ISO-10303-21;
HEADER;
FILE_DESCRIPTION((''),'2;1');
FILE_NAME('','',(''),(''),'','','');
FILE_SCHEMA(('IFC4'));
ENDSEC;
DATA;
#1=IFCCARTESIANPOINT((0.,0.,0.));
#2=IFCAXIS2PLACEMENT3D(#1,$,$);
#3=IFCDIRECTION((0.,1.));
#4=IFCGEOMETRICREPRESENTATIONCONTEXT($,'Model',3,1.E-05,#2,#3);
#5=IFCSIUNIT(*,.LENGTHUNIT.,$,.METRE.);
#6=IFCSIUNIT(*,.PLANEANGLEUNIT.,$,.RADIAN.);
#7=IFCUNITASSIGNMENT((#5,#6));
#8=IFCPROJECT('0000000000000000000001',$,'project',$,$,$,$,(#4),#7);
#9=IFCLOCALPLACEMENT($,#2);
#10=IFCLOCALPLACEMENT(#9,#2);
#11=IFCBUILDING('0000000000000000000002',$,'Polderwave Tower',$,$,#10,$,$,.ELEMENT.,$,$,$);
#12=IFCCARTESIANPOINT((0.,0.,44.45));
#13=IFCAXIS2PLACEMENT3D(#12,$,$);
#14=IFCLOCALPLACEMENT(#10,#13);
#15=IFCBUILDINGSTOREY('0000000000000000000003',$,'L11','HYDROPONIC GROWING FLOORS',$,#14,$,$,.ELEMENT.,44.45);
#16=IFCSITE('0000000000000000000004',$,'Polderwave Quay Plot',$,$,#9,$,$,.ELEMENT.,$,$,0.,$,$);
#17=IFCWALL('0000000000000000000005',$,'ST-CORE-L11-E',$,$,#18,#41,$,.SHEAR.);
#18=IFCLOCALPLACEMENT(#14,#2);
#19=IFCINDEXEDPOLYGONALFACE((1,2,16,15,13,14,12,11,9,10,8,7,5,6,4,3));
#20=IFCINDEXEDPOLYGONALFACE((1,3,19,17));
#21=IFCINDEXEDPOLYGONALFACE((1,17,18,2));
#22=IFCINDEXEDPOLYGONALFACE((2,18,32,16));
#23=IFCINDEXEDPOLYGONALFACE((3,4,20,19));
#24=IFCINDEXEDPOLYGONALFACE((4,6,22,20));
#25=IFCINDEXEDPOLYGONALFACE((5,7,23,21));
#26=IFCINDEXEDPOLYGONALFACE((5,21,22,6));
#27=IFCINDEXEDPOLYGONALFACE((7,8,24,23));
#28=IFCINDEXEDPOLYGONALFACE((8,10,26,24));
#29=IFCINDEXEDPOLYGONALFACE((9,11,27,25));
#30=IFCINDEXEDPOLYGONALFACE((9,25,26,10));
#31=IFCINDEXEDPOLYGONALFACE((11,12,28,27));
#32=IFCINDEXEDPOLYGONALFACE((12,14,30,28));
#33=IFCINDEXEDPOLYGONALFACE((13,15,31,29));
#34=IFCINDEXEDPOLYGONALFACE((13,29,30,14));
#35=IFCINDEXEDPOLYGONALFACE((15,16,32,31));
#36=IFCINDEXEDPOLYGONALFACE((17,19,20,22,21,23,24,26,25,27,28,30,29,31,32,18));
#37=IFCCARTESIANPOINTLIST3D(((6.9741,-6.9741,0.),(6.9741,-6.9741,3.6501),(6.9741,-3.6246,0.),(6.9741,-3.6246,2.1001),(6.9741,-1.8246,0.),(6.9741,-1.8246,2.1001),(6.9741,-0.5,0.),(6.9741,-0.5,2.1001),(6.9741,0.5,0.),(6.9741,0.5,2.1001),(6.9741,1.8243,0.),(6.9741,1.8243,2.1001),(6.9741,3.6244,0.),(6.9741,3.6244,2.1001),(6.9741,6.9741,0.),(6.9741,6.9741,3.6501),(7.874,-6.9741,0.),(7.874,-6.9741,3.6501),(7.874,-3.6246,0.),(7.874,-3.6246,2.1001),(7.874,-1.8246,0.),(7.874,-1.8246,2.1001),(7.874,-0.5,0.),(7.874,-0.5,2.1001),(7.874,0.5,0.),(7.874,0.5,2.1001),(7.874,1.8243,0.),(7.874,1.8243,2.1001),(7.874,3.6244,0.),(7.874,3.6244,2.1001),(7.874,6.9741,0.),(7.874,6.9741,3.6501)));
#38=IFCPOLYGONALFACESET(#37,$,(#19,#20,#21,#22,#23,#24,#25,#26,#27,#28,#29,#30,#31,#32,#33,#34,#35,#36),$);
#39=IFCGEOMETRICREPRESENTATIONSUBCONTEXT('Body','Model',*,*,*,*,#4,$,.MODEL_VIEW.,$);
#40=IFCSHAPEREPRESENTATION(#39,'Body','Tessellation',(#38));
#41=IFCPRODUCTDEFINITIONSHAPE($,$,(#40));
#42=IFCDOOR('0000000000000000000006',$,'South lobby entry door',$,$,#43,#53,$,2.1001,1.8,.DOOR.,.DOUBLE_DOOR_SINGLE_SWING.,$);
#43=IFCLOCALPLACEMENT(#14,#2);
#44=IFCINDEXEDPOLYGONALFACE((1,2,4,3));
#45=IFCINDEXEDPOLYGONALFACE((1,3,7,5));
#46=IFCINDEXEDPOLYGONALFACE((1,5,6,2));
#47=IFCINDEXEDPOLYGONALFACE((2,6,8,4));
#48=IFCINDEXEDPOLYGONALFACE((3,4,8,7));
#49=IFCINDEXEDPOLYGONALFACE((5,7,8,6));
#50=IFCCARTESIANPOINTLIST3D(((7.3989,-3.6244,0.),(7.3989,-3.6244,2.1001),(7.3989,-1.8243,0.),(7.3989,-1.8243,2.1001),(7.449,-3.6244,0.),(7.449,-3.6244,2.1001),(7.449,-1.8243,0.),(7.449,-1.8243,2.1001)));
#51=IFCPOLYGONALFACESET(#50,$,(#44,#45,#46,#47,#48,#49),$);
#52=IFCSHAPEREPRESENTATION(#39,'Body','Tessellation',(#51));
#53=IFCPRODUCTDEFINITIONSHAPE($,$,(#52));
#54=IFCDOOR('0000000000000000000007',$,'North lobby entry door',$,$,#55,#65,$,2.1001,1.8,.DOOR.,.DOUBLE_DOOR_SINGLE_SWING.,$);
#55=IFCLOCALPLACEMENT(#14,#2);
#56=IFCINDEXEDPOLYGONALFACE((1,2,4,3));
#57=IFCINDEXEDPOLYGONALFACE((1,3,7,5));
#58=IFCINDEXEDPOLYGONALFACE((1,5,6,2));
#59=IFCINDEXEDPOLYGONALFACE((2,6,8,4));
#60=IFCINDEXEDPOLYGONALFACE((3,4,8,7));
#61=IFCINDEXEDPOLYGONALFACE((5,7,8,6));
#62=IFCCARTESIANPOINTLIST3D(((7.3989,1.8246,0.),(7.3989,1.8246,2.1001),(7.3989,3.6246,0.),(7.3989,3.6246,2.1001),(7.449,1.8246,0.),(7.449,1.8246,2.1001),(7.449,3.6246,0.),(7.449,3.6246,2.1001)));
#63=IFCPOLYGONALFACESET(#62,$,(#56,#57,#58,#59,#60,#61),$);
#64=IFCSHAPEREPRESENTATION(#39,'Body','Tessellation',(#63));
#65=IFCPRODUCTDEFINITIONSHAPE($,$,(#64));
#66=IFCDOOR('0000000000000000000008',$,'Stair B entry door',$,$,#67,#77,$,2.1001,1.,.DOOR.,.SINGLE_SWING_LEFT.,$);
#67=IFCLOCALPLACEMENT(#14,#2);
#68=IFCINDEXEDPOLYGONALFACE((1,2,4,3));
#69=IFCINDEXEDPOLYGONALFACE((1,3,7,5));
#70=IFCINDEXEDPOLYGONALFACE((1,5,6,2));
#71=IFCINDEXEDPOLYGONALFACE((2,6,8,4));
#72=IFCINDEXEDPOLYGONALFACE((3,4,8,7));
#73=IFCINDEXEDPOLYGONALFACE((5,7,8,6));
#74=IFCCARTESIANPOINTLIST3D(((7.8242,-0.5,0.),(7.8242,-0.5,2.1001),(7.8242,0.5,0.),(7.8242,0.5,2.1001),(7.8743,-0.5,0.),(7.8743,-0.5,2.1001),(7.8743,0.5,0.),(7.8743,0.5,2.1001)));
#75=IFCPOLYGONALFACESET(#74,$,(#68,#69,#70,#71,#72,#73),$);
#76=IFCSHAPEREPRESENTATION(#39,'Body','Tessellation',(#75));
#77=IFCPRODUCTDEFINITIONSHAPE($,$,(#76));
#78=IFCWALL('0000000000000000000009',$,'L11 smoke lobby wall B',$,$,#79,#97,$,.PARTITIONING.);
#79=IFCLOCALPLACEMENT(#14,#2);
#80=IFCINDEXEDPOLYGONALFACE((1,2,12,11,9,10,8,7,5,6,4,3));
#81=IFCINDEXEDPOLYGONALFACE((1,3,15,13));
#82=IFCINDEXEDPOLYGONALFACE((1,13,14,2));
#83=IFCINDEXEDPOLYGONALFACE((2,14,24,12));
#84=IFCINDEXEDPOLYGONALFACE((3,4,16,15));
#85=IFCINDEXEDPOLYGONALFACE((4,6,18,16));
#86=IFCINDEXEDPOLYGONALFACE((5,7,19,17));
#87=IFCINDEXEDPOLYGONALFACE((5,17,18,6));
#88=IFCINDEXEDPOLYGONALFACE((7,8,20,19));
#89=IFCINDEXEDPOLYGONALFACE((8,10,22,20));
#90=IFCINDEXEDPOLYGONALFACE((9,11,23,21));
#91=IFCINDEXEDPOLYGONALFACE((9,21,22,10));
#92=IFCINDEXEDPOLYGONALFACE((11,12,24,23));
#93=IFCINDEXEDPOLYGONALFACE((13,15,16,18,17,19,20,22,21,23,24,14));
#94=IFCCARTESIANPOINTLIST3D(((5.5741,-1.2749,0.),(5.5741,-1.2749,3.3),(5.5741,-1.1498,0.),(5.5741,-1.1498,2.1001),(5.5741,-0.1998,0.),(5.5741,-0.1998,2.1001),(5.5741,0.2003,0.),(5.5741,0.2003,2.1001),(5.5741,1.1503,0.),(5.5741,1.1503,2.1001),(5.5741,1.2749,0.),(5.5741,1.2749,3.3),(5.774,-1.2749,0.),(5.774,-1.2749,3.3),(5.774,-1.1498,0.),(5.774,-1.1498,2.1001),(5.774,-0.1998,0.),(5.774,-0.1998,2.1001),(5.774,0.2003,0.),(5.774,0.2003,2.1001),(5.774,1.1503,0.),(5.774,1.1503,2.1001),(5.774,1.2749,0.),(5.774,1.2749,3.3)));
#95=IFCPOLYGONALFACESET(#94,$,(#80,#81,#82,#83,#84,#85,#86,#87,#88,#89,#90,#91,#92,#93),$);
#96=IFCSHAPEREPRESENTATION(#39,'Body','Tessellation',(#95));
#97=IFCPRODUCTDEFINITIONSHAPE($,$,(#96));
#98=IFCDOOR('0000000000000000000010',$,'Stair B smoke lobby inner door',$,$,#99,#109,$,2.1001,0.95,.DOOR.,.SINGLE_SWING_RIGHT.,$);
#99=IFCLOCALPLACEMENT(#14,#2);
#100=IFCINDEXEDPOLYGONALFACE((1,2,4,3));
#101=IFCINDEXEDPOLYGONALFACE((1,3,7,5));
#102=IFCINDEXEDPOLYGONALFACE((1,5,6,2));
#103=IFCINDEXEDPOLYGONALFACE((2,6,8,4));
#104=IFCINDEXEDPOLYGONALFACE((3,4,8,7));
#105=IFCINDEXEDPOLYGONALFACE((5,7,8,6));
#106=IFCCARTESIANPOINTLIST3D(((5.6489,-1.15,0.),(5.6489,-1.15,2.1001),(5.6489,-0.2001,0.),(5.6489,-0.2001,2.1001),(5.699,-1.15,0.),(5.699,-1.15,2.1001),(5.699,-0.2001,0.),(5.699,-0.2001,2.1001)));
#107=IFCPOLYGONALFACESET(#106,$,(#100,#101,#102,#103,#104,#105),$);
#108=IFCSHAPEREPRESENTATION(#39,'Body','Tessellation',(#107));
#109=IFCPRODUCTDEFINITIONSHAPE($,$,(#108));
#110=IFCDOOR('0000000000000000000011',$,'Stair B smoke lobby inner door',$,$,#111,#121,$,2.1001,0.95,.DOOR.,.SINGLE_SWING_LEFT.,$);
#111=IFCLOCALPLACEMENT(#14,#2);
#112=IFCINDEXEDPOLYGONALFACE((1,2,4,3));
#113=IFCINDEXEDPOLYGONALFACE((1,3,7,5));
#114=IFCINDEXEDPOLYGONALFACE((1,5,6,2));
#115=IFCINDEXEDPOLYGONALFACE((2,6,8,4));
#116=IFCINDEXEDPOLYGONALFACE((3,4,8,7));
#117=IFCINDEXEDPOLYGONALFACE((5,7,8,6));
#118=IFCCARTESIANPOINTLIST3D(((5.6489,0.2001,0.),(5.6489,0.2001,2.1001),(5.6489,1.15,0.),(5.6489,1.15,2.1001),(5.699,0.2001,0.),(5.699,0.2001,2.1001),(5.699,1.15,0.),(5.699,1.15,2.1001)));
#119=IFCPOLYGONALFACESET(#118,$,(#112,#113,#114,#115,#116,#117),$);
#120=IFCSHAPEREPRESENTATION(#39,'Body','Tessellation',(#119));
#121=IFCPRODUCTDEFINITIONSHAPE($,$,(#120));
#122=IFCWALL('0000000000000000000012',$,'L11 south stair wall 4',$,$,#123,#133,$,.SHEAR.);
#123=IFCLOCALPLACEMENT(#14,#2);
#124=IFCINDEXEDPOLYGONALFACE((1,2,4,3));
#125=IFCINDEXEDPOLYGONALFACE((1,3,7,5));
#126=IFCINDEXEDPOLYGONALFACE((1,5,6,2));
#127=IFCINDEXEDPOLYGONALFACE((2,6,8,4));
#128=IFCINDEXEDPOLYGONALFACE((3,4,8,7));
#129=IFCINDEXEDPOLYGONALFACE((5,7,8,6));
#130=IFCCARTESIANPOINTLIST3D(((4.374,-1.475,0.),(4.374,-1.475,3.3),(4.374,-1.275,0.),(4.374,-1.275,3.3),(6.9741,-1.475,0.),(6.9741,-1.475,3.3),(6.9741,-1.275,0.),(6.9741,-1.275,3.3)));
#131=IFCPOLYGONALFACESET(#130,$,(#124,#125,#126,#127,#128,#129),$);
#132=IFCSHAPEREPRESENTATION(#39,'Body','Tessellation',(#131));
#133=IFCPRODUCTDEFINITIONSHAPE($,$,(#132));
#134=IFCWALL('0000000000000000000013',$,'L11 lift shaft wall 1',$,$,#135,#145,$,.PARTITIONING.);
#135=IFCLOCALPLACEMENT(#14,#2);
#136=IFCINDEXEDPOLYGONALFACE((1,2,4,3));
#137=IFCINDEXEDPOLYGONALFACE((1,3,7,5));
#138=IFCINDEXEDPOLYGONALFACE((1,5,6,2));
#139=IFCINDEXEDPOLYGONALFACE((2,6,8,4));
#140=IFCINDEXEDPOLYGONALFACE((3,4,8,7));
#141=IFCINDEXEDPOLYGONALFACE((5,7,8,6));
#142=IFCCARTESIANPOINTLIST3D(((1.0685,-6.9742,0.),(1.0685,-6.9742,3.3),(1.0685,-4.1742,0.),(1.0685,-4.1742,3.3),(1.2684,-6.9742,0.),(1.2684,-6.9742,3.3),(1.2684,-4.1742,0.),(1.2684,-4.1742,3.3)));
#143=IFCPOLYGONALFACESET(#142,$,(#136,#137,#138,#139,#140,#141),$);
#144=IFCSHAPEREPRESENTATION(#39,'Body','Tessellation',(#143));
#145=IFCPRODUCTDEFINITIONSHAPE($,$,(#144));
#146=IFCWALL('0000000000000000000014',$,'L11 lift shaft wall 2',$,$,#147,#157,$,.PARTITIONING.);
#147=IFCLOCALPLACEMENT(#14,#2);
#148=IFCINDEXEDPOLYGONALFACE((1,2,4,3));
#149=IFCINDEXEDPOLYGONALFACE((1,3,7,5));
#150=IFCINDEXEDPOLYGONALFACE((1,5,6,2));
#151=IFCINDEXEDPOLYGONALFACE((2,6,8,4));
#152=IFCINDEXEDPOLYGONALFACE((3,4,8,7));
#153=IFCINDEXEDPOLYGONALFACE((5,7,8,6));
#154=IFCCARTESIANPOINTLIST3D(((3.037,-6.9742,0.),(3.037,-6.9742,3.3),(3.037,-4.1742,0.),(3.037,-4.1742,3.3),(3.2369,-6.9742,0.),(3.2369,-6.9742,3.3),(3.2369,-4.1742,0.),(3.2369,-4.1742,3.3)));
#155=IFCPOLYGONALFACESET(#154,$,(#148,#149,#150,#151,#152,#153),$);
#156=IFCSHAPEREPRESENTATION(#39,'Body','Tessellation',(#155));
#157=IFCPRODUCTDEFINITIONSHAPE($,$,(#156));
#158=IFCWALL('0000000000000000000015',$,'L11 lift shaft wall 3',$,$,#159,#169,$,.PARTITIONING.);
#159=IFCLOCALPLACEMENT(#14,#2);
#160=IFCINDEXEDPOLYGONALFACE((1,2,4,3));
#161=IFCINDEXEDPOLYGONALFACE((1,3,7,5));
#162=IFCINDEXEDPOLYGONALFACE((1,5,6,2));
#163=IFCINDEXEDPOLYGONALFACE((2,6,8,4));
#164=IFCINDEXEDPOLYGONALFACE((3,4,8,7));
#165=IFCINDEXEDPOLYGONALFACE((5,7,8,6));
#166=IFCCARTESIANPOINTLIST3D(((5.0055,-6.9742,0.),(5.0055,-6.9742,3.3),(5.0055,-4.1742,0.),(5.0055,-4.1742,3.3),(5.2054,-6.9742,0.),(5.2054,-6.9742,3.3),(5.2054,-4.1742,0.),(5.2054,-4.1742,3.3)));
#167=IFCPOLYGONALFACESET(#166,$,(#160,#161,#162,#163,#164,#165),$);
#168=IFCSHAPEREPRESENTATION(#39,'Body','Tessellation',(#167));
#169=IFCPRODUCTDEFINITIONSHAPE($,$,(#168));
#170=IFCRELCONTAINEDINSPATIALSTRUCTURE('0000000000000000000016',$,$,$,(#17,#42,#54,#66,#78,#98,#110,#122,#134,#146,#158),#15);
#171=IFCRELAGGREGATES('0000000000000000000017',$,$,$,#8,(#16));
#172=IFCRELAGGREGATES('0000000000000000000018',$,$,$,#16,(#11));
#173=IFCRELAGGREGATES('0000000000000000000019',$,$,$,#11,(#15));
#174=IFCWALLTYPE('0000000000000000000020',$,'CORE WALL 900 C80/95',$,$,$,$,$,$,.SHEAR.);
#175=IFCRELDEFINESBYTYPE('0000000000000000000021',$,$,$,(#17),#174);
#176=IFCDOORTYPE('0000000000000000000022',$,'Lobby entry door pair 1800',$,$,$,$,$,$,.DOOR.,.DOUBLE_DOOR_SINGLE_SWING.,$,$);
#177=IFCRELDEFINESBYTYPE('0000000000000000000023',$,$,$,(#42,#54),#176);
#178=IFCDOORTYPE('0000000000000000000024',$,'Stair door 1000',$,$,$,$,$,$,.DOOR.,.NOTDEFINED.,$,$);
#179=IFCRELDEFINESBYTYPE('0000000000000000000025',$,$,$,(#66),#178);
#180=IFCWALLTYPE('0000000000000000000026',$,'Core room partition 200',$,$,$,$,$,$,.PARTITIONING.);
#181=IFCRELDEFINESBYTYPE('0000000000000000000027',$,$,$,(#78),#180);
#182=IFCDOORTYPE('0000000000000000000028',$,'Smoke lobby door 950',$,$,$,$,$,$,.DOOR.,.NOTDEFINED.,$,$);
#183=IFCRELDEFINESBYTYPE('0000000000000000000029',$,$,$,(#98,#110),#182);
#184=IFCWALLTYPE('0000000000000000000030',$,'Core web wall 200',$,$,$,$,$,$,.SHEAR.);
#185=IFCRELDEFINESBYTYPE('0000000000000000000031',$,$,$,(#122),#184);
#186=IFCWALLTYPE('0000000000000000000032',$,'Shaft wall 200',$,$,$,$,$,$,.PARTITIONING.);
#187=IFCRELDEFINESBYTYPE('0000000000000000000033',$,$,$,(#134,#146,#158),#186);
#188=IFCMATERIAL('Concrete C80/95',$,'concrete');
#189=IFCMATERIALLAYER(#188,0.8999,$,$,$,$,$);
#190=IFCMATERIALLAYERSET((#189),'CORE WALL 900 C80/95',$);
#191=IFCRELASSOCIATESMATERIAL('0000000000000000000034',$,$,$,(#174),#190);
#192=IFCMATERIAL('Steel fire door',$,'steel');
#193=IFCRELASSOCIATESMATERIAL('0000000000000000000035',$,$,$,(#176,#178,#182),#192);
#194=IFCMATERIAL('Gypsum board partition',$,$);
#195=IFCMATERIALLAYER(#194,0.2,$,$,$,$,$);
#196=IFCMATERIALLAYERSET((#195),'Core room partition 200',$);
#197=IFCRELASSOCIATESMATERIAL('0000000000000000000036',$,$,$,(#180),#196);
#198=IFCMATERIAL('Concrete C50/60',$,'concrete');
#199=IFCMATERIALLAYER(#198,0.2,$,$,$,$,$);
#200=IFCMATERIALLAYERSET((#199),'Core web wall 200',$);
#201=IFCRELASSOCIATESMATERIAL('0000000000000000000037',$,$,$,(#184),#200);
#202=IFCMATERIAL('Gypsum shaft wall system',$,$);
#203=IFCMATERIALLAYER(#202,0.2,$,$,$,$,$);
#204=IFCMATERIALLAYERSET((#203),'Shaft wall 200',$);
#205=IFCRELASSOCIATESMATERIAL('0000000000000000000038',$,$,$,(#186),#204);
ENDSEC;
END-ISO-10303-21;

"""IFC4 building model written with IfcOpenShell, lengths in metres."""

from ifc_helpers import new_model, si_unit, direction, frame, frame_2d, origin, place, context, subcontext, project, spatial, rectangle, extrude, material, layer, layer_set, type_object, element, fill, save


model = new_model("IFC4")

# Units and contexts
model_context = context("Model", 3, precision=1e-05, world=origin(), true_north=direction((0.0, 1.0)))
body_context = subcontext(model_context, "Body", "Model", "MODEL_VIEW")
ifc_project = project(units=[si_unit("LENGTHUNIT", "METRE"), si_unit("PLANEANGLEUNIT", "RADIAN")], contexts=[model_context])

# Site, building, storey
site_placement = place(None, origin())
site = spatial("IfcSite", under=ifc_project, at=site_placement, Name="Polderwave Quay Plot", CompositionType="ELEMENT", RefElevation=0.0)
building_placement = place(site_placement, origin())
building = spatial("IfcBuilding", under=site, at=building_placement, Name="Polderwave Tower", CompositionType="ELEMENT")
storey_placement = place(building_placement, frame((0.0, 0.0, 44.45)))
storey = spatial("IfcBuildingStorey", under=building, at=storey_placement, Name="L11", Description="HYDROPONIC GROWING FLOORS", CompositionType="ELEMENT", Elevation=44.45)

# Walls, openings, doors
ifc_material_1 = material(Name="Concrete C80/95", Category="concrete")
ifc_layer_1 = layer(ifc_material_1, 0.8999)
ifc_layer_set_1 = layer_set([ifc_layer_1], Name="CORE WALL 900 C80/95")
wall_type_1 = type_object("IfcWallType", Name="CORE WALL 900 C80/95", PredefinedType="SHEAR", material=ifc_layer_set_1)
wall_1_placement = place(storey_placement, frame((7.4241, -6.9741, 0.0), z_axis=(0.0, 0.0, 1.0), x_axis=(0.0, 1.0, 0.0)))
wall_1 = element("IfcWall", 1, at=wall_1_placement, inside=storey, type_object=wall_type_1, Name="ST-CORE-L11-E", PredefinedType="SHEAR", context=body_context, shape_type="SweptSolid", body=[
    extrude(rectangle(XDim=13.9482, YDim=0.8999, at=frame_2d((6.9741, 0.0))), origin(), (0.0, 0.0, 1.0), 3.6501),
])
opening_1_placement = place(wall_1_placement, frame((6.4741, 0.0, 0.0)))
opening_1 = element("IfcOpeningElement", 2, at=opening_1_placement, cuts=wall_1, PredefinedType="OPENING", context=body_context, shape_type="SweptSolid", body=[
    extrude(rectangle(XDim=1.0, YDim=2.1001, at=frame_2d((0.5, 1.05))), frame((0.0, 0.46, 0.0), z_axis=(0.0, -1.0, 0.0), x_axis=(1.0, 0.0, 0.0)), (0.0, 0.0, 1.0), 0.9199),
])
opening_2_placement = place(wall_1_placement, frame((3.3496, 0.0, 0.0)))
opening_2 = element("IfcOpeningElement", 3, at=opening_2_placement, cuts=wall_1, PredefinedType="OPENING", context=body_context, shape_type="SweptSolid", body=[
    extrude(rectangle(XDim=1.8, YDim=2.1001, at=frame_2d((0.8999, 1.05))), frame((0.0, 0.46, 0.0), z_axis=(0.0, -1.0, 0.0), x_axis=(1.0, 0.0, 0.0)), (0.0, 0.0, 1.0), 0.9199),
])
opening_3_placement = place(wall_1_placement, frame((8.7986, 0.0, 0.0)))
opening_3 = element("IfcOpeningElement", 4, at=opening_3_placement, cuts=wall_1, PredefinedType="OPENING", context=body_context, shape_type="SweptSolid", body=[
    extrude(rectangle(XDim=1.8, YDim=2.1001, at=frame_2d((0.8999, 1.05))), frame((0.0, 0.46, 0.0), z_axis=(0.0, -1.0, 0.0), x_axis=(1.0, 0.0, 0.0)), (0.0, 0.0, 1.0), 0.9199),
])
ifc_material_2 = material(Name="Steel fire door", Category="steel")
door_type_1 = type_object("IfcDoorType", Name="Lobby entry door pair 1800", OperationType="DOUBLE_DOOR_SINGLE_SWING", PredefinedType="DOOR", material=ifc_material_2)
door_1_placement = place(opening_2_placement, frame((1.8, 0.0, 0.0), z_axis=(0.0, 0.0, 1.0), x_axis=(-1.0, 0.0, 0.0)))
door_1 = element("IfcDoor", 5, at=door_1_placement, inside=storey, type_object=door_type_1, Name="South lobby entry door", OperationType="DOUBLE_DOOR_SINGLE_SWING", OverallHeight=2.1001, OverallWidth=1.8, PredefinedType="DOOR", context=body_context, shape_type="SweptSolid", body=[
    extrude(rectangle(XDim=1.8, YDim=2.1001, at=frame_2d((0.8999, 1.05))), frame((0.0, 0.0249, 0.0), z_axis=(0.0, -1.0, 0.0), x_axis=(1.0, 0.0, 0.0)), (0.0, 0.0, 1.0), 0.05),
])
fill(opening_2, door_1)
door_2_placement = place(opening_3_placement, frame((1.8, 0.0, 0.0), z_axis=(0.0, 0.0, 1.0), x_axis=(-1.0, 0.0, 0.0)))
door_2 = element("IfcDoor", 6, at=door_2_placement, inside=storey, type_object=door_type_1, Name="North lobby entry door", OperationType="DOUBLE_DOOR_SINGLE_SWING", OverallHeight=2.1001, OverallWidth=1.8, PredefinedType="DOOR", context=body_context, shape_type="SweptSolid", body=[
    extrude(rectangle(XDim=1.8, YDim=2.1001, at=frame_2d((0.8999, 1.05))), frame((0.0, 0.0249, 0.0), z_axis=(0.0, -1.0, 0.0), x_axis=(1.0, 0.0, 0.0)), (0.0, 0.0, 1.0), 0.05),
])
fill(opening_3, door_2)
door_type_2 = type_object("IfcDoorType", Name="Stair door 1000", OperationType="NOTDEFINED", PredefinedType="DOOR", material=ifc_material_2)
door_3_placement = place(opening_1_placement, frame((1.0, 0.0, 0.0), z_axis=(0.0, 0.0, 1.0), x_axis=(-1.0, 0.0, 0.0)))
door_3 = element("IfcDoor", 7, at=door_3_placement, inside=storey, type_object=door_type_2, Name="Stair B entry door", OperationType="SINGLE_SWING_LEFT", OverallHeight=2.1001, OverallWidth=1.0, PredefinedType="DOOR", context=body_context, shape_type="SweptSolid", body=[
    extrude(rectangle(XDim=1.0, YDim=2.1001, at=frame_2d((0.5, 1.05))), frame((0.0, 0.4502, 0.0), z_axis=(0.0, -1.0, 0.0), x_axis=(1.0, 0.0, 0.0)), (0.0, 0.0, 1.0), 0.05),
])
fill(opening_1, door_3)
ifc_material_3 = material(Name="Gypsum board partition")
ifc_layer_2 = layer(ifc_material_3, 0.2)
ifc_layer_set_2 = layer_set([ifc_layer_2], Name="Core room partition 200")
wall_type_2 = type_object("IfcWallType", Name="Core room partition 200", PredefinedType="PARTITIONING", material=ifc_layer_set_2)
wall_2_placement = place(storey_placement, frame((5.6741, -1.2749, 0.0), z_axis=(0.0, 0.0, 1.0), x_axis=(0.0, 1.0, 0.0)))
wall_2 = element("IfcWall", 8, at=wall_2_placement, inside=storey, type_object=wall_type_2, Name="L11 smoke lobby wall B", PredefinedType="PARTITIONING", context=body_context, shape_type="SweptSolid", body=[
    extrude(rectangle(XDim=2.5498, YDim=0.2, at=frame_2d((1.2749, 0.0))), origin(), (0.0, 0.0, 1.0), 3.3),
])
opening_4_placement = place(wall_2_placement, frame((0.125, 0.0, 0.0)))
opening_4 = element("IfcOpeningElement", 9, at=opening_4_placement, cuts=wall_2, PredefinedType="OPENING", context=body_context, shape_type="SweptSolid", body=[
    extrude(rectangle(XDim=0.95, YDim=2.1001, at=frame_2d((0.4751, 1.05))), frame((0.0, 0.1099, 0.0), z_axis=(0.0, -1.0, 0.0), x_axis=(1.0, 0.0, 0.0)), (0.0, 0.0, 1.0), 0.22),
])
opening_5_placement = place(wall_2_placement, frame((1.4751, 0.0, 0.0)))
opening_5 = element("IfcOpeningElement", 10, at=opening_5_placement, cuts=wall_2, PredefinedType="OPENING", context=body_context, shape_type="SweptSolid", body=[
    extrude(rectangle(XDim=0.95, YDim=2.1001, at=frame_2d((0.4751, 1.05))), frame((0.0, 0.1099, 0.0), z_axis=(0.0, -1.0, 0.0), x_axis=(1.0, 0.0, 0.0)), (0.0, 0.0, 1.0), 0.22),
])
door_type_3 = type_object("IfcDoorType", Name="Smoke lobby door 950", OperationType="NOTDEFINED", PredefinedType="DOOR", material=ifc_material_2)
door_4_placement = place(opening_4_placement, frame((0.95, 0.0, 0.0), z_axis=(0.0, 0.0, 1.0), x_axis=(-1.0, 0.0, 0.0)))
door_4 = element("IfcDoor", 11, at=door_4_placement, inside=storey, type_object=door_type_3, Name="Stair B smoke lobby inner door", OperationType="SINGLE_SWING_RIGHT", OverallHeight=2.1001, OverallWidth=0.95, PredefinedType="DOOR", context=body_context, shape_type="SweptSolid", body=[
    extrude(rectangle(XDim=0.95, YDim=2.1001, at=frame_2d((0.4751, 1.05))), frame((0.0, 0.0249, 0.0), z_axis=(0.0, -1.0, 0.0), x_axis=(1.0, 0.0, 0.0)), (0.0, 0.0, 1.0), 0.05),
])
fill(opening_4, door_4)
door_5_placement = place(opening_5_placement, frame((0.95, 0.0, 0.0), z_axis=(0.0, 0.0, 1.0), x_axis=(-1.0, 0.0, 0.0)))
door_5 = element("IfcDoor", 12, at=door_5_placement, inside=storey, type_object=door_type_3, Name="Stair B smoke lobby inner door", OperationType="SINGLE_SWING_LEFT", OverallHeight=2.1001, OverallWidth=0.95, PredefinedType="DOOR", context=body_context, shape_type="SweptSolid", body=[
    extrude(rectangle(XDim=0.95, YDim=2.1001, at=frame_2d((0.4751, 1.05))), frame((0.0, 0.0249, 0.0), z_axis=(0.0, -1.0, 0.0), x_axis=(1.0, 0.0, 0.0)), (0.0, 0.0, 1.0), 0.05),
])
fill(opening_5, door_5)

# Walls
ifc_material_4 = material(Name="Concrete C50/60", Category="concrete")
ifc_layer_3 = layer(ifc_material_4, 0.2)
ifc_layer_set_3 = layer_set([ifc_layer_3], Name="Core web wall 200")
wall_type_3 = type_object("IfcWallType", Name="Core web wall 200", PredefinedType="SHEAR", material=ifc_layer_set_3)
wall_3_placement = place(storey_placement, frame((4.374, -1.375, 0.0), z_axis=(0.0, 0.0, 1.0), x_axis=(1.0, 0.0, 0.0)))
element("IfcWall", 13, at=wall_3_placement, inside=storey, type_object=wall_type_3, Name="L11 south stair wall 4", PredefinedType="SHEAR", context=body_context, shape_type="SweptSolid", body=[
    extrude(rectangle(XDim=2.6001, YDim=0.2, at=frame_2d((1.3, 0.0))), origin(), (0.0, 0.0, 1.0), 3.3),
])
ifc_material_5 = material(Name="Gypsum shaft wall system")
ifc_layer_4 = layer(ifc_material_5, 0.2)
ifc_layer_set_4 = layer_set([ifc_layer_4], Name="Shaft wall 200")
wall_type_4 = type_object("IfcWallType", Name="Shaft wall 200", PredefinedType="PARTITIONING", material=ifc_layer_set_4)
for number, where, z_axis, x_axis, name in (
    (14, (1.1685, -6.9741, 0.0), (0.0, 0.0, 1.0), (0.0, 1.0, 0.0), "L11 lift shaft wall 1"),
    (15, (3.137, -6.9741, 0.0), (0.0, 0.0, 1.0), (0.0, 1.0, 0.0), "L11 lift shaft wall 2"),
    (16, (5.1055, -6.9741, 0.0), (0.0, 0.0, 1.0), (0.0, 1.0, 0.0), "L11 lift shaft wall 3"),
):
    element("IfcWall", number, at=place(storey_placement, frame(where, z_axis=z_axis, x_axis=x_axis)), inside=storey, type_object=wall_type_4, Name=name, PredefinedType="PARTITIONING", context=body_context, shape_type="SweptSolid", body=[
        extrude(rectangle(XDim=2.8, YDim=0.2, at=frame_2d((1.3999, 0.0))), origin(), (0.0, 0.0, 1.0), 3.3),
    ])

save(model, "model.ifc")
